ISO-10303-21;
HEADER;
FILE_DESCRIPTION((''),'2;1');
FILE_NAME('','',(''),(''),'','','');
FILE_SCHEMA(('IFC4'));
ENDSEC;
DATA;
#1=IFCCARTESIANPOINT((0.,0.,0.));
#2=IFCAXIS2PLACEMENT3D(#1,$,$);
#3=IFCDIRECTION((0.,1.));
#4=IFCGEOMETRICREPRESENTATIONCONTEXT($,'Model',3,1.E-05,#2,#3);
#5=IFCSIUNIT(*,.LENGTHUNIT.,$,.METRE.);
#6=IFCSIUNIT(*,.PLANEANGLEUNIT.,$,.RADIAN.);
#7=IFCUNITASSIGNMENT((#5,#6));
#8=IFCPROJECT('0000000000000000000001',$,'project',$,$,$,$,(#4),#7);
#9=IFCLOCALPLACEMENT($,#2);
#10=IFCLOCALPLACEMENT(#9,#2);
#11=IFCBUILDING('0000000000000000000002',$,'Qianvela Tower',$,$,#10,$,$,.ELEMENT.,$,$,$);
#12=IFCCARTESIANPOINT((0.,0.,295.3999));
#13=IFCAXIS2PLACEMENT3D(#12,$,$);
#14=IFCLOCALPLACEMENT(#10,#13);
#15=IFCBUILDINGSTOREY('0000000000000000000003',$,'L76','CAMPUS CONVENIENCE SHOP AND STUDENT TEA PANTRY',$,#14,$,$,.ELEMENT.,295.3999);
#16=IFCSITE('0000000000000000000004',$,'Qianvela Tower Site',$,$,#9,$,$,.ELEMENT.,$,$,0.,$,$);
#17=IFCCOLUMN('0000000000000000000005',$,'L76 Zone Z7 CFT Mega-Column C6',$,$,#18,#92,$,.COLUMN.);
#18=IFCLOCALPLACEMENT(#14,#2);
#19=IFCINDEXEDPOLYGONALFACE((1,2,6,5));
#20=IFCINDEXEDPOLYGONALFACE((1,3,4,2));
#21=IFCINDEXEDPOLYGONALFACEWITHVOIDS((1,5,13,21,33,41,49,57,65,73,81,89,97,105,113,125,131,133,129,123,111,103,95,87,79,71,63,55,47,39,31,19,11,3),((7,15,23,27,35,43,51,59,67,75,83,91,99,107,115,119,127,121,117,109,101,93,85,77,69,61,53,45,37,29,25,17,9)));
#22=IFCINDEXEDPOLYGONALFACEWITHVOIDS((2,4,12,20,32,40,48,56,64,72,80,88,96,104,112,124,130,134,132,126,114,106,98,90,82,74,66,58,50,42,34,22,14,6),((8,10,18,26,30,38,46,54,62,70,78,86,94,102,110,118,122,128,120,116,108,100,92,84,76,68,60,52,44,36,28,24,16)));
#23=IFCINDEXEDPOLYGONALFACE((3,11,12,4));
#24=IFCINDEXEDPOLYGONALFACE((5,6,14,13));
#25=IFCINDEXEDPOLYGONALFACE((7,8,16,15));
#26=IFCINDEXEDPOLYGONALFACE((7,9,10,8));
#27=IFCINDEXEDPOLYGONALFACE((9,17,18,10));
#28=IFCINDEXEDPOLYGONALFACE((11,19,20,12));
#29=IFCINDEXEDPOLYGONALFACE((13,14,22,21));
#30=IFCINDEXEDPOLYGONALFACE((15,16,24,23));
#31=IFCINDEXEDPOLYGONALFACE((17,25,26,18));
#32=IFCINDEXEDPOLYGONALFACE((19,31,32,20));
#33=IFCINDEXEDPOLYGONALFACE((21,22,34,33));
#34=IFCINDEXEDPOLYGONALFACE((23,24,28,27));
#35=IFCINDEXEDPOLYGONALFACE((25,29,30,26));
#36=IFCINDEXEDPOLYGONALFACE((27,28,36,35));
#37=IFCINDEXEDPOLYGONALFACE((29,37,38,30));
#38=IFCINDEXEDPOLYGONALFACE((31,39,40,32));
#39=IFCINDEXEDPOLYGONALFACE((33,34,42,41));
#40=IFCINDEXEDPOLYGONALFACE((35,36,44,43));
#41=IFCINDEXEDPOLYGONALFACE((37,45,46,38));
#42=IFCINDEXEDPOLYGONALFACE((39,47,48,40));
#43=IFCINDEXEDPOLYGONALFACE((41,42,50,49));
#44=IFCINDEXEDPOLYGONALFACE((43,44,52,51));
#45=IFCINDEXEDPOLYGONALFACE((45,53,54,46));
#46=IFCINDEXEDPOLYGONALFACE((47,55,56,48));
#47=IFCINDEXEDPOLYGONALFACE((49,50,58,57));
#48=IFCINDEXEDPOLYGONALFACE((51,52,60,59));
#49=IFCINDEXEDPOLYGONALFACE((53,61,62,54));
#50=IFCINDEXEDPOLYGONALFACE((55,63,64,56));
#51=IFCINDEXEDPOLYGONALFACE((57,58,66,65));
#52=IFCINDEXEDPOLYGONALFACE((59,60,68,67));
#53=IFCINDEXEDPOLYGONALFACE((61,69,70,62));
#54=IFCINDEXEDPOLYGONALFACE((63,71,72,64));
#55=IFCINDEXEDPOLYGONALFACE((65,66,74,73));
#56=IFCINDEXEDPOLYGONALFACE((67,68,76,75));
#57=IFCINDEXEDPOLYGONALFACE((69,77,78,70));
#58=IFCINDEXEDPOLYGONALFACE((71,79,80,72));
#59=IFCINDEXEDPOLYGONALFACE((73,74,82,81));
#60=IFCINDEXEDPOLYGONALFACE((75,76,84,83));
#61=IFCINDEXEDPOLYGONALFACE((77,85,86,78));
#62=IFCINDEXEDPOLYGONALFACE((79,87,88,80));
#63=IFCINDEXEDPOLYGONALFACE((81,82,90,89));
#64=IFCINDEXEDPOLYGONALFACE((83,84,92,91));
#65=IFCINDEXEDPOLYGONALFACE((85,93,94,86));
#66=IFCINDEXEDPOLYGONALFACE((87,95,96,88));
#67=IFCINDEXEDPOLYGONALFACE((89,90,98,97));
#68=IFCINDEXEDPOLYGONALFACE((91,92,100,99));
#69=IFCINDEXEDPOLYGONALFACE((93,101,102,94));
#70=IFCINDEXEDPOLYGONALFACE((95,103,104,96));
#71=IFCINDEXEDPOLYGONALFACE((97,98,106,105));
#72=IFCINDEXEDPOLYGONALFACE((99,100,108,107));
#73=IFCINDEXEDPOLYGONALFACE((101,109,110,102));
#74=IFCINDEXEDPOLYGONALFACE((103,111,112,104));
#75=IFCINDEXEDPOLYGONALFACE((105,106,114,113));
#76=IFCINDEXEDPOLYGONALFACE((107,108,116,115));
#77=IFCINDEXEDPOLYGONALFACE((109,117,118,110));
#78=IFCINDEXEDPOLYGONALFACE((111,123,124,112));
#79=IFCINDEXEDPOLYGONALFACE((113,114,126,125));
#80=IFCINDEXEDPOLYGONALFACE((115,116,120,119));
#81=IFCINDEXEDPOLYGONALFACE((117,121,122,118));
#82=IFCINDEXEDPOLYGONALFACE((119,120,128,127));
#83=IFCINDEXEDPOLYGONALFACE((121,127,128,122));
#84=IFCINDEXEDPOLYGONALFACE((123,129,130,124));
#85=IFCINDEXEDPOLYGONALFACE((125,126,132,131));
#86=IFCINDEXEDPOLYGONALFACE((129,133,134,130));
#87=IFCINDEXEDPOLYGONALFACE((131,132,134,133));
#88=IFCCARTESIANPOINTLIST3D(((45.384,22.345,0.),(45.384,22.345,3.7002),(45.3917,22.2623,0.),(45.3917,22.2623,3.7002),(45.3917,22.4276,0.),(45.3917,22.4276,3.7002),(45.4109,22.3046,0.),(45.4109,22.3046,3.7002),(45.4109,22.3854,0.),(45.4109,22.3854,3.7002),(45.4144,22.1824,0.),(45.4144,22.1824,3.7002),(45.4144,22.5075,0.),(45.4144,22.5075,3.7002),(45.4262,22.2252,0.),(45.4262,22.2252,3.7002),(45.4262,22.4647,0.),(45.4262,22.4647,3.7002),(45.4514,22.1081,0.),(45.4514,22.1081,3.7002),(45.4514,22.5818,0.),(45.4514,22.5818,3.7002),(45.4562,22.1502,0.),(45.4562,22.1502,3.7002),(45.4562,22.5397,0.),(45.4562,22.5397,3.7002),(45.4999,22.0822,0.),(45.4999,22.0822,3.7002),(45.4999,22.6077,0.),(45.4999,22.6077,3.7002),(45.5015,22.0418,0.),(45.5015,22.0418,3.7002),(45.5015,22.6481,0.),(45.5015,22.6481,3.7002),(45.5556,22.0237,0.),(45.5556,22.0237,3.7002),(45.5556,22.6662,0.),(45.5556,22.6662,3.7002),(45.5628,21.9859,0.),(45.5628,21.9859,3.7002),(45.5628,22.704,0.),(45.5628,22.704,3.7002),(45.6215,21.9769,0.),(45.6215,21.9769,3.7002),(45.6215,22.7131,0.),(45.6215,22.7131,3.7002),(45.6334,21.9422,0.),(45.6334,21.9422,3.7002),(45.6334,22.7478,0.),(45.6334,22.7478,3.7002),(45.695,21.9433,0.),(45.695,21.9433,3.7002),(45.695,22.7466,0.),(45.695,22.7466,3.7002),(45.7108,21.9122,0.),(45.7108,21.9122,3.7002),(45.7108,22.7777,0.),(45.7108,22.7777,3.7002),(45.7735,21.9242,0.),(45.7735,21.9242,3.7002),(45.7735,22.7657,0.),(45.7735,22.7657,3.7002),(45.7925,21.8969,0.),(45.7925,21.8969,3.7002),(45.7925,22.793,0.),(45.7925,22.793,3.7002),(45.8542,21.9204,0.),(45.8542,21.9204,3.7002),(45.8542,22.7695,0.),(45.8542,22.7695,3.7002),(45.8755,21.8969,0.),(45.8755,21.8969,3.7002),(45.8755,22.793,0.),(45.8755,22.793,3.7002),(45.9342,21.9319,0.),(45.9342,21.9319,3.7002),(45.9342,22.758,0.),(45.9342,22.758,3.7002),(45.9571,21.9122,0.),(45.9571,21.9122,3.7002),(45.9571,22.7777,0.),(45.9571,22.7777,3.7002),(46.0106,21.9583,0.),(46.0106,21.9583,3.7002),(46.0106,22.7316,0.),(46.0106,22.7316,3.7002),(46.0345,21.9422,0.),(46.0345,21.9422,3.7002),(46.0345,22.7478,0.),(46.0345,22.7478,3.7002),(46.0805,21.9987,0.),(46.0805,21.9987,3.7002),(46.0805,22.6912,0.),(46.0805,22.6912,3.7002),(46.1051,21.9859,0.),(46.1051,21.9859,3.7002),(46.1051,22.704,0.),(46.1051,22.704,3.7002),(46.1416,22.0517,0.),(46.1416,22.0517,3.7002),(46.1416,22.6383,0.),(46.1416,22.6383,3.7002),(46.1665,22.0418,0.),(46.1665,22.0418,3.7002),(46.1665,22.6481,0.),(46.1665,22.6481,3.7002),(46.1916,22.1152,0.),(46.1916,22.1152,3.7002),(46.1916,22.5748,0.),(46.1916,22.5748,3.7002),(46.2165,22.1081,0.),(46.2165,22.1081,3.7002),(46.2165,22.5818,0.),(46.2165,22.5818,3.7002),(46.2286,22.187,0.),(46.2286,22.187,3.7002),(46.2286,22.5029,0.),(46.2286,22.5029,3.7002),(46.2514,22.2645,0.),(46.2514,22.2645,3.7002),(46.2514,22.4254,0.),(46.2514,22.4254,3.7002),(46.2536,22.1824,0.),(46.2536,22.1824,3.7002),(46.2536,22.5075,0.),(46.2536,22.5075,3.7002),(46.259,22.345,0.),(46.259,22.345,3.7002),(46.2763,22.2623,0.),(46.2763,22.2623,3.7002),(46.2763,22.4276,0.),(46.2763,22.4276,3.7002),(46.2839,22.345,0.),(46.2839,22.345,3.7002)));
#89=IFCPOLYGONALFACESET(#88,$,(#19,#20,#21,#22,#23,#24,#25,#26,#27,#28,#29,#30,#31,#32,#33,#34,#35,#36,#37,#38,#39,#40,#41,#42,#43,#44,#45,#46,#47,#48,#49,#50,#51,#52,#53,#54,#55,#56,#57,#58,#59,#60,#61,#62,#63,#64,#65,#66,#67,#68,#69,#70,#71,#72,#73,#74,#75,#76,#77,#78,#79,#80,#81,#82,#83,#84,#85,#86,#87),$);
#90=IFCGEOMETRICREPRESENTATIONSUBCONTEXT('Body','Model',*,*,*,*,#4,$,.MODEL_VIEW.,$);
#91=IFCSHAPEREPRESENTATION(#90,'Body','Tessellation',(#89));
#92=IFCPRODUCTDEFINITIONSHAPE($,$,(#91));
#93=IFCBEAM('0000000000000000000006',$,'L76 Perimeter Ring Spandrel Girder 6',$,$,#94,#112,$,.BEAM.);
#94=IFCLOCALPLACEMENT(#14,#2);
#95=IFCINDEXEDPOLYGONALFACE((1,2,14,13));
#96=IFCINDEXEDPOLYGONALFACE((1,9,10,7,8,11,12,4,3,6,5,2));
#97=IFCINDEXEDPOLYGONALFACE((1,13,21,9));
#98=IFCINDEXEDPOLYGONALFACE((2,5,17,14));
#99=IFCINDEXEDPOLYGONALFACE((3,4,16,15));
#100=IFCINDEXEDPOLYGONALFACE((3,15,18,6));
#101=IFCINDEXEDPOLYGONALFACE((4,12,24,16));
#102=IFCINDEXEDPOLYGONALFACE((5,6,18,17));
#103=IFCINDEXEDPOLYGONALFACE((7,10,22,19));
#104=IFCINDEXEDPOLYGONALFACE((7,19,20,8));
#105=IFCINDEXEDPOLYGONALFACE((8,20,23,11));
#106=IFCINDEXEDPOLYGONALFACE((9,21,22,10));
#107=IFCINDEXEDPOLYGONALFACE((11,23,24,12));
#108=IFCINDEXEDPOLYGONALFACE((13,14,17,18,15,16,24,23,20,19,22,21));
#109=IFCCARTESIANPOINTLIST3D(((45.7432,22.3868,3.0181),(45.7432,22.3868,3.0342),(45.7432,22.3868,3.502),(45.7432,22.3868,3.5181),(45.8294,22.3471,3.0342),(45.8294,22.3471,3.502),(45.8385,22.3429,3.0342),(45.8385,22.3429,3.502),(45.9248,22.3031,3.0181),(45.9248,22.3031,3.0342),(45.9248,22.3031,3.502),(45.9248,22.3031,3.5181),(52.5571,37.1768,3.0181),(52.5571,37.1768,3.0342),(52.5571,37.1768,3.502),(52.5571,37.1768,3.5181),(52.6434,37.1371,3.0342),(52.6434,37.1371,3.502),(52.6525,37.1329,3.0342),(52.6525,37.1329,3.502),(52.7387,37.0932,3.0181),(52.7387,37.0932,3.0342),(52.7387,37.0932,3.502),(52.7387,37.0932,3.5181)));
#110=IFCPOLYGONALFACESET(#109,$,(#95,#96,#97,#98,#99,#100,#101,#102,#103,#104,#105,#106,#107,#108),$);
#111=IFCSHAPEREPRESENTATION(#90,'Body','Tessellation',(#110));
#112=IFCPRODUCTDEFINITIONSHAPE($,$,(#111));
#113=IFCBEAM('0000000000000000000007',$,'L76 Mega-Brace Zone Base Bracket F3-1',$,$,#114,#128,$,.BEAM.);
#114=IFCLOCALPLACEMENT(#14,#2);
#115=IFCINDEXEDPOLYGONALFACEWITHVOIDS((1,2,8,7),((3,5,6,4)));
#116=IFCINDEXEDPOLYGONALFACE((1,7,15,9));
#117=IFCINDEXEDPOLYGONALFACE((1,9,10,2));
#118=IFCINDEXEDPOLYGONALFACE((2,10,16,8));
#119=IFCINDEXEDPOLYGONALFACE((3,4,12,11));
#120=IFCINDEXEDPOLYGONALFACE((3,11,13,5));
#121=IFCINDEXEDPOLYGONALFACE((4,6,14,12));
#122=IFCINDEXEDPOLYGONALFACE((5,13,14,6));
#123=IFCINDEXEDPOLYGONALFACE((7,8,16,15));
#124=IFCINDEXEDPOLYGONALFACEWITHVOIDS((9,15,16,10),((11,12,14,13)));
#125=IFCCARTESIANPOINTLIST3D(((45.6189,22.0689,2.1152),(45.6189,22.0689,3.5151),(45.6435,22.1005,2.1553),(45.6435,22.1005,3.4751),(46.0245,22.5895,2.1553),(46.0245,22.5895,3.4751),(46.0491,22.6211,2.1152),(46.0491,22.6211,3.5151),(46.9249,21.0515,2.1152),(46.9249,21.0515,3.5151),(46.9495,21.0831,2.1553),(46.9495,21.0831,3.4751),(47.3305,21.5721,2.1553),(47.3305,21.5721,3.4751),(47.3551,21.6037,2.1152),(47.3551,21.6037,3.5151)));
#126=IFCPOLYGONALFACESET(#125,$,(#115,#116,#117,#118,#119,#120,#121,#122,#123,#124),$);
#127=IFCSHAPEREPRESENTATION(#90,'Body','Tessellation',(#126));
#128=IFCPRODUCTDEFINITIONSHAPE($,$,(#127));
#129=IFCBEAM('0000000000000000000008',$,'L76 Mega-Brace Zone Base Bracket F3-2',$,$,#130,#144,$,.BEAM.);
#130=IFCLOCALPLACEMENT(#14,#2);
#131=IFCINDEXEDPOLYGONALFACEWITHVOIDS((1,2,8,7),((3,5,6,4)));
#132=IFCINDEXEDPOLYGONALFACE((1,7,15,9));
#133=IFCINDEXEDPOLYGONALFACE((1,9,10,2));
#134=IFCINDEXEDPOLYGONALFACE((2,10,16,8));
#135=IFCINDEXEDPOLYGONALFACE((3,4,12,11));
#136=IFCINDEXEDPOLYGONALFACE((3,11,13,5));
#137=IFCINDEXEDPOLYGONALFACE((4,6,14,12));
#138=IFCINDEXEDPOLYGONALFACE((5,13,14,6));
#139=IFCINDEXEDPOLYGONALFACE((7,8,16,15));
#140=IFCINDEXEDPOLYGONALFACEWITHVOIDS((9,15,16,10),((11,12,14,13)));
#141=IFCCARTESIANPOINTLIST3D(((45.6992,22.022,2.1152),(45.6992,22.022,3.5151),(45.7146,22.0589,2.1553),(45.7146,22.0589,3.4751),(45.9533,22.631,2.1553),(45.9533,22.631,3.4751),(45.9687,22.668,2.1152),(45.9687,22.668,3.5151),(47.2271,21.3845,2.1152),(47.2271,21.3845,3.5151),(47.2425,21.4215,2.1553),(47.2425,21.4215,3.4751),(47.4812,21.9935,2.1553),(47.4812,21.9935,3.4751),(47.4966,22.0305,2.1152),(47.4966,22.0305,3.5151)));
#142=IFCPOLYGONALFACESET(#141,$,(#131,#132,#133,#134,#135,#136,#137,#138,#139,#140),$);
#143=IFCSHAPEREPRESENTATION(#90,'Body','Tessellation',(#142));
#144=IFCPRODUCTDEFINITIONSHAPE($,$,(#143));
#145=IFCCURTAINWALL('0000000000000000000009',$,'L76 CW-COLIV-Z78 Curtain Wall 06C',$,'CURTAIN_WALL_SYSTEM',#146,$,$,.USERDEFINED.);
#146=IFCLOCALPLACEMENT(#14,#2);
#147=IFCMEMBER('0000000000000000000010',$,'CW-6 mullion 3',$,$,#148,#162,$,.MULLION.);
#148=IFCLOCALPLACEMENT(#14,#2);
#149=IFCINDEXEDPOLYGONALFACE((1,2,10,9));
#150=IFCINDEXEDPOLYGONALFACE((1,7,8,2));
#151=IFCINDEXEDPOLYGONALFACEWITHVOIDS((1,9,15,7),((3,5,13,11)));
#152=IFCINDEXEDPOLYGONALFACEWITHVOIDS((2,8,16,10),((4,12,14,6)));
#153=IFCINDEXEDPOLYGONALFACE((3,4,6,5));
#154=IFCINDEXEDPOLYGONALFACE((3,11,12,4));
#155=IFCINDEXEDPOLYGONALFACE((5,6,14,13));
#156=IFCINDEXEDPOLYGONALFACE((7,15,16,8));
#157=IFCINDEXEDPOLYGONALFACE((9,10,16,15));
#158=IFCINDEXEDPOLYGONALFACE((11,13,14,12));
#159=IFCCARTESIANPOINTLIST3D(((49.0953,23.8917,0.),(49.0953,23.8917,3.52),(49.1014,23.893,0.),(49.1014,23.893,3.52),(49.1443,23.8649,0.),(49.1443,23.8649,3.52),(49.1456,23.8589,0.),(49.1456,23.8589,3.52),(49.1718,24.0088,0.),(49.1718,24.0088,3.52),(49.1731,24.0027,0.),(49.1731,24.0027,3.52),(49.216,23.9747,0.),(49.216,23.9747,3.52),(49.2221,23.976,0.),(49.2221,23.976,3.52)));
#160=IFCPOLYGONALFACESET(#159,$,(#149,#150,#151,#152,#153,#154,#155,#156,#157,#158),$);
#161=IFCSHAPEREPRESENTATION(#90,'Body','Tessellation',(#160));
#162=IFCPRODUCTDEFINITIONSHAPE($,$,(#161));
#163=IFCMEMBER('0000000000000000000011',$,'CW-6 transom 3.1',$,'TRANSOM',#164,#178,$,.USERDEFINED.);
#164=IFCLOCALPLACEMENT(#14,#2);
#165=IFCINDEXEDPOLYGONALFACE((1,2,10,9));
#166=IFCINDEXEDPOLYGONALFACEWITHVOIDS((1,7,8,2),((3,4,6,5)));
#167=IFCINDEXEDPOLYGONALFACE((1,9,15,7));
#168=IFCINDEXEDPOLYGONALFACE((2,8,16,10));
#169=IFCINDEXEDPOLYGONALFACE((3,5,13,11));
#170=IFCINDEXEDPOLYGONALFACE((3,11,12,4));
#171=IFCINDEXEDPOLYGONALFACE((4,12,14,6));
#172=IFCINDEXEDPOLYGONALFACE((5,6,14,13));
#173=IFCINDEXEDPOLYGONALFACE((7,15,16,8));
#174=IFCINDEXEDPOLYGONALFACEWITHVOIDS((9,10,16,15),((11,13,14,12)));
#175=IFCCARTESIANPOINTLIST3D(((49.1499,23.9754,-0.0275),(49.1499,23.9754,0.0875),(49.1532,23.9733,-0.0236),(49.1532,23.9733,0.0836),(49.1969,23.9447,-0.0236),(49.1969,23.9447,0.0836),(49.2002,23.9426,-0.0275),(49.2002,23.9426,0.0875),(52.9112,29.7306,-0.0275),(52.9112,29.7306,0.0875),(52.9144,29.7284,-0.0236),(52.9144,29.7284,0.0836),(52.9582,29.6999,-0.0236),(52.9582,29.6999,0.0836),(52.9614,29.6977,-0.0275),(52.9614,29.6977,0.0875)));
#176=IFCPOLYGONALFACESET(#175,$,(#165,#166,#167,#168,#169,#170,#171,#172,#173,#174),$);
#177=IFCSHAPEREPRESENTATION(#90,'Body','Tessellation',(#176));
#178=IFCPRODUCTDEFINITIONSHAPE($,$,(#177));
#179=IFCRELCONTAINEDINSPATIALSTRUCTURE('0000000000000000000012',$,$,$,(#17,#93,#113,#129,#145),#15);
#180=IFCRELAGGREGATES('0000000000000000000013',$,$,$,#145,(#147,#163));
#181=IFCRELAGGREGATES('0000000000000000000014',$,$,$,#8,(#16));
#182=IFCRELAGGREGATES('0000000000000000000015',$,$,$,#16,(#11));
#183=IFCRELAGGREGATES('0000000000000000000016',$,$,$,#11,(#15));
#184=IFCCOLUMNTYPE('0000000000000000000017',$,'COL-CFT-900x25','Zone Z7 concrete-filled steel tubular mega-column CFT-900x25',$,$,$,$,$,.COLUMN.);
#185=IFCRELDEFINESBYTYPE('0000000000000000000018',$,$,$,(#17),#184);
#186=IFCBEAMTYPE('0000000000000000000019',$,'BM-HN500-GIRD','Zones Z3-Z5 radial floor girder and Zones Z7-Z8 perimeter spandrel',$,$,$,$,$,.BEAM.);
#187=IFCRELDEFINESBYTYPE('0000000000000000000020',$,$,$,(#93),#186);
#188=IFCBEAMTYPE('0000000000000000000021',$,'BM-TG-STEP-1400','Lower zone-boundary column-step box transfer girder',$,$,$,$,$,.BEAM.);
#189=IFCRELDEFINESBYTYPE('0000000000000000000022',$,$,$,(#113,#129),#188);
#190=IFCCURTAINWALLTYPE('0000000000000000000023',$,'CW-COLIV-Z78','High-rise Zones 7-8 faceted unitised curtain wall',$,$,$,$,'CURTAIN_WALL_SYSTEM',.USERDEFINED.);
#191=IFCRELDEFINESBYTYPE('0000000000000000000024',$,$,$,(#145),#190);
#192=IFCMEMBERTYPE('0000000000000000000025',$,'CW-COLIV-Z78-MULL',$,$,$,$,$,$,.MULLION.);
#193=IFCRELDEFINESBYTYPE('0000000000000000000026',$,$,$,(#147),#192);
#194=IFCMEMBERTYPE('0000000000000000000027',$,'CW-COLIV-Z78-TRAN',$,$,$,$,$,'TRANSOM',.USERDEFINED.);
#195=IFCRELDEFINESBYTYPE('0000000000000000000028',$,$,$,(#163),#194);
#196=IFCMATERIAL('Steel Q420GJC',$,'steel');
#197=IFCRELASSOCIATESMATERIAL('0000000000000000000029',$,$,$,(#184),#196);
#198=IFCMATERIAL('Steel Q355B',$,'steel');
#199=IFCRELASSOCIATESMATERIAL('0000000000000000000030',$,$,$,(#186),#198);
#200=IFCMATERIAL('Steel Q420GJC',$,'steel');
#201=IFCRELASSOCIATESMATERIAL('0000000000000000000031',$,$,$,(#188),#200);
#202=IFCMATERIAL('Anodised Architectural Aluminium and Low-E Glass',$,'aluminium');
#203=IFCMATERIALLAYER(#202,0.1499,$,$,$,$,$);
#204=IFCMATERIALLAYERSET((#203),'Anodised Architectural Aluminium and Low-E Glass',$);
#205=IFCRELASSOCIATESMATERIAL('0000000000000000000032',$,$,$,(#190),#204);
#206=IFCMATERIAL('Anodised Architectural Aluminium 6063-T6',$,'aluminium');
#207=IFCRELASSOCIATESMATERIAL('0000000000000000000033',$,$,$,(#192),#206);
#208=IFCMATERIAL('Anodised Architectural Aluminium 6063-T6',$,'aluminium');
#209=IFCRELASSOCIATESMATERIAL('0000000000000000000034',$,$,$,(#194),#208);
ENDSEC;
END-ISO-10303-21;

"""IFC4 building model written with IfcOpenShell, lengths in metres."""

from ifc_helpers import new_model, si_unit, direction, frame, origin, origin_2d, place, context, subcontext, project, spatial, hollow_rectangle, hollow_circle, i_section, extrude, material, layer, layer_set, material_profile, profile_set, type_object, element, aggregate, save


model = new_model("IFC4")

# Units and contexts
model_context = context("Model", 3, precision=1e-05, world=origin(), true_north=direction((0.0, 1.0)))
body_context = subcontext(model_context, "Body", "Model", "MODEL_VIEW")
ifc_project = project(units=[si_unit("LENGTHUNIT", "METRE"), si_unit("PLANEANGLEUNIT", "RADIAN")], contexts=[model_context])

# Site, building, storey
site_placement = place(None, origin())
site = spatial("IfcSite", under=ifc_project, at=site_placement, Name="Qianvela Tower Site", CompositionType="ELEMENT", RefElevation=0.0)
building_placement = place(site_placement, origin())
building = spatial("IfcBuilding", under=site, at=building_placement, Name="Qianvela Tower", CompositionType="ELEMENT")
storey_placement = place(building_placement, frame((0.0, 0.0, 295.3999)))
storey = spatial("IfcBuildingStorey", under=building, at=storey_placement, Name="L76", Description="CAMPUS CONVENIENCE SHOP AND STUDENT TEA PANTRY", CompositionType="ELEMENT", Elevation=295.3999)

# Column
ifc_material_1 = material(Name="Steel Q420GJC", Category="steel")
ifc_material_profile_1 = material_profile(ifc_material_1, hollow_circle(Radius=0.45, WallThickness=0.0249, at=origin_2d()), Name="CFT-900x25")
ifc_profile_set_1 = profile_set([ifc_material_profile_1], Name="Steel Q420GJC")
column_type = type_object("IfcColumnType", Name="COL-CFT-900x25", Description="Zone Z7 concrete-filled steel tubular mega-column CFT-900x25", PredefinedType="COLUMN", material=ifc_profile_set_1)
column_placement = place(storey_placement, frame((45.834, 22.345, 0.0), z_axis=(0.0, 0.0, 1.0), x_axis=(1.0, 0.0, 0.0)))
element("IfcColumn", 1, at=column_placement, inside=storey, type_object=column_type, Name="L76 Zone Z7 CFT Mega-Column C6", PredefinedType="COLUMN", context=body_context, shape_type="SweptSolid", body=[
    extrude(hollow_circle(Radius=0.45, WallThickness=0.0249, at=origin_2d()), origin(), (0.0, 0.0, 1.0), 3.7002),
])

# Beams
ifc_material_2 = material(Name="Steel Q355B", Category="steel")
ifc_material_profile_2 = material_profile(ifc_material_2, i_section(OverallWidth=0.2, OverallDepth=0.5, WebThickness=0.01, FlangeThickness=0.0161, at=origin_2d()), Name="HN500x200x10x16")
ifc_profile_set_2 = profile_set([ifc_material_profile_2], Name="Steel Q355B")
beam_type_1 = type_object("IfcBeamType", Name="BM-HN500-GIRD", Description="Zones Z3-Z5 radial floor girder and Zones Z7-Z8 perimeter spandrel", PredefinedType="BEAM", material=ifc_profile_set_2)
beam_placement = place(storey_placement, frame((45.834, 22.345, 3.2681), z_axis=(0.41844, 0.908244, 0.0), x_axis=(-0.908244, 0.41844, 0.0)))
element("IfcBeam", 2, at=beam_placement, inside=storey, type_object=beam_type_1, Name="L76 Perimeter Ring Spandrel Girder 6", PredefinedType="BEAM", context=body_context, shape_type="SweptSolid", body=[
    extrude(i_section(OverallWidth=0.2, OverallDepth=0.5, WebThickness=0.01, FlangeThickness=0.0161, at=origin_2d()), origin(), (0.0, 0.0, 1.0), 16.2842),
])
ifc_material_3 = material(Name="Steel Q420GJC", Category="steel")
ifc_material_profile_3 = material_profile(ifc_material_3, hollow_rectangle(XDim=0.7, YDim=1.3999, WallThickness=0.04, at=origin_2d()), Name="TG-BOX-1400x700x40")
ifc_profile_set_3 = profile_set([ifc_material_profile_3], Name="Steel Q420GJC")
beam_type_2 = type_object("IfcBeamType", Name="BM-TG-STEP-1400", Description="Lower zone-boundary column-step box transfer girder", PredefinedType="BEAM", material=ifc_profile_set_3)
for number, where, z_axis, x_axis, name in (
    (3, (45.834, 22.345, 2.8152), (0.788876, -0.614553, 0.0), (0.614553, 0.788876, 0.0), "L76 Mega-Brace Zone Base Bracket F3-1"),
    (4, (45.834, 22.345, 2.8152), (0.922894, -0.385055, 0.0), (0.385055, 0.922894, 0.0), "L76 Mega-Brace Zone Base Bracket F3-2"),
):
    element("IfcBeam", number, at=place(storey_placement, frame(where, z_axis=z_axis, x_axis=x_axis)), inside=storey, type_object=beam_type_2, Name=name, PredefinedType="BEAM", context=body_context, shape_type="SweptSolid", body=[
        extrude(hollow_rectangle(XDim=0.7, YDim=1.3999, WallThickness=0.04, at=origin_2d()), origin(), (0.0, 0.0, 1.0), 1.6555),
    ])

# Curtain wall, members
ifc_material_4 = material(Name="Anodised Architectural Aluminium and Low-E Glass", Category="aluminium")
ifc_layer_1 = layer(ifc_material_4, 0.1499)
ifc_layer_set_1 = layer_set([ifc_layer_1], Name="Anodised Architectural Aluminium and Low-E Glass")
curtain_wall_type = type_object("IfcCurtainWallType", Name="CW-COLIV-Z78", Description="High-rise Zones 7-8 faceted unitised curtain wall", ElementType="CURTAIN_WALL_SYSTEM", PredefinedType="USERDEFINED", material=ifc_layer_set_1)
curtain_wall_placement = place(storey_placement, origin())
curtain_wall = element("IfcCurtainWall", 5, at=curtain_wall_placement, inside=storey, type_object=curtain_wall_type, Name="L76 CW-COLIV-Z78 Curtain Wall 06C", ObjectType="CURTAIN_WALL_SYSTEM", PredefinedType="USERDEFINED")
ifc_material_5 = material(Name="Anodised Architectural Aluminium 6063-T6", Category="aluminium")
ifc_material_profile_4 = material_profile(ifc_material_5, hollow_rectangle(XDim=0.0601, YDim=0.1399, WallThickness=0.0044, at=origin_2d()), Name="ALU-MULL-60x140")
ifc_profile_set_4 = profile_set([ifc_material_profile_4], Name="Anodised Architectural Aluminium 6063-T6")
member_type_1 = type_object("IfcMemberType", Name="CW-COLIV-Z78-MULL", PredefinedType="MULLION", material=ifc_profile_set_4)
member_1_placement = place(storey_placement, frame((49.1587, 23.9338, 0.0), z_axis=(0.0, 0.0, 1.0), x_axis=(-0.83708, 0.547081, 0.0)))
member_1 = element("IfcMember", 6, at=member_1_placement, type_object=member_type_1, Name="CW-6 mullion 3", PredefinedType="MULLION", context=body_context, shape_type="SweptSolid", body=[
    extrude(hollow_rectangle(XDim=0.0601, YDim=0.1399, WallThickness=0.0044, at=origin_2d()), origin(), (0.0, 0.0, 1.0), 3.52),
])
ifc_material_6 = material(Name="Anodised Architectural Aluminium 6063-T6", Category="aluminium")
ifc_material_profile_5 = material_profile(ifc_material_6, hollow_rectangle(XDim=0.0601, YDim=0.115, WallThickness=0.0039, at=origin_2d()), Name="ALU-TRAN-60x115")
ifc_profile_set_5 = profile_set([ifc_material_profile_5], Name="Anodised Architectural Aluminium 6063-T6")
member_type_2 = type_object("IfcMemberType", Name="CW-COLIV-Z78-TRAN", ElementType="TRANSOM", PredefinedType="USERDEFINED", material=ifc_profile_set_5)
member_2_placement = place(storey_placement, frame((49.175, 23.959, 0.03), z_axis=(0.547072, 0.837085, 0.0), x_axis=(-0.837085, 0.547072, 0.0)))
member_2 = element("IfcMember", 7, at=member_2_placement, type_object=member_type_2, Name="CW-6 transom 3.1", ObjectType="TRANSOM", PredefinedType="USERDEFINED", context=body_context, shape_type="SweptSolid", body=[
    extrude(hollow_rectangle(XDim=0.0601, YDim=0.115, WallThickness=0.0039, at=origin_2d()), origin(), (0.0, 0.0, 1.0), 6.8752),
])
aggregate(curtain_wall, [member_1, member_2])

save(model, "model.ifc")
